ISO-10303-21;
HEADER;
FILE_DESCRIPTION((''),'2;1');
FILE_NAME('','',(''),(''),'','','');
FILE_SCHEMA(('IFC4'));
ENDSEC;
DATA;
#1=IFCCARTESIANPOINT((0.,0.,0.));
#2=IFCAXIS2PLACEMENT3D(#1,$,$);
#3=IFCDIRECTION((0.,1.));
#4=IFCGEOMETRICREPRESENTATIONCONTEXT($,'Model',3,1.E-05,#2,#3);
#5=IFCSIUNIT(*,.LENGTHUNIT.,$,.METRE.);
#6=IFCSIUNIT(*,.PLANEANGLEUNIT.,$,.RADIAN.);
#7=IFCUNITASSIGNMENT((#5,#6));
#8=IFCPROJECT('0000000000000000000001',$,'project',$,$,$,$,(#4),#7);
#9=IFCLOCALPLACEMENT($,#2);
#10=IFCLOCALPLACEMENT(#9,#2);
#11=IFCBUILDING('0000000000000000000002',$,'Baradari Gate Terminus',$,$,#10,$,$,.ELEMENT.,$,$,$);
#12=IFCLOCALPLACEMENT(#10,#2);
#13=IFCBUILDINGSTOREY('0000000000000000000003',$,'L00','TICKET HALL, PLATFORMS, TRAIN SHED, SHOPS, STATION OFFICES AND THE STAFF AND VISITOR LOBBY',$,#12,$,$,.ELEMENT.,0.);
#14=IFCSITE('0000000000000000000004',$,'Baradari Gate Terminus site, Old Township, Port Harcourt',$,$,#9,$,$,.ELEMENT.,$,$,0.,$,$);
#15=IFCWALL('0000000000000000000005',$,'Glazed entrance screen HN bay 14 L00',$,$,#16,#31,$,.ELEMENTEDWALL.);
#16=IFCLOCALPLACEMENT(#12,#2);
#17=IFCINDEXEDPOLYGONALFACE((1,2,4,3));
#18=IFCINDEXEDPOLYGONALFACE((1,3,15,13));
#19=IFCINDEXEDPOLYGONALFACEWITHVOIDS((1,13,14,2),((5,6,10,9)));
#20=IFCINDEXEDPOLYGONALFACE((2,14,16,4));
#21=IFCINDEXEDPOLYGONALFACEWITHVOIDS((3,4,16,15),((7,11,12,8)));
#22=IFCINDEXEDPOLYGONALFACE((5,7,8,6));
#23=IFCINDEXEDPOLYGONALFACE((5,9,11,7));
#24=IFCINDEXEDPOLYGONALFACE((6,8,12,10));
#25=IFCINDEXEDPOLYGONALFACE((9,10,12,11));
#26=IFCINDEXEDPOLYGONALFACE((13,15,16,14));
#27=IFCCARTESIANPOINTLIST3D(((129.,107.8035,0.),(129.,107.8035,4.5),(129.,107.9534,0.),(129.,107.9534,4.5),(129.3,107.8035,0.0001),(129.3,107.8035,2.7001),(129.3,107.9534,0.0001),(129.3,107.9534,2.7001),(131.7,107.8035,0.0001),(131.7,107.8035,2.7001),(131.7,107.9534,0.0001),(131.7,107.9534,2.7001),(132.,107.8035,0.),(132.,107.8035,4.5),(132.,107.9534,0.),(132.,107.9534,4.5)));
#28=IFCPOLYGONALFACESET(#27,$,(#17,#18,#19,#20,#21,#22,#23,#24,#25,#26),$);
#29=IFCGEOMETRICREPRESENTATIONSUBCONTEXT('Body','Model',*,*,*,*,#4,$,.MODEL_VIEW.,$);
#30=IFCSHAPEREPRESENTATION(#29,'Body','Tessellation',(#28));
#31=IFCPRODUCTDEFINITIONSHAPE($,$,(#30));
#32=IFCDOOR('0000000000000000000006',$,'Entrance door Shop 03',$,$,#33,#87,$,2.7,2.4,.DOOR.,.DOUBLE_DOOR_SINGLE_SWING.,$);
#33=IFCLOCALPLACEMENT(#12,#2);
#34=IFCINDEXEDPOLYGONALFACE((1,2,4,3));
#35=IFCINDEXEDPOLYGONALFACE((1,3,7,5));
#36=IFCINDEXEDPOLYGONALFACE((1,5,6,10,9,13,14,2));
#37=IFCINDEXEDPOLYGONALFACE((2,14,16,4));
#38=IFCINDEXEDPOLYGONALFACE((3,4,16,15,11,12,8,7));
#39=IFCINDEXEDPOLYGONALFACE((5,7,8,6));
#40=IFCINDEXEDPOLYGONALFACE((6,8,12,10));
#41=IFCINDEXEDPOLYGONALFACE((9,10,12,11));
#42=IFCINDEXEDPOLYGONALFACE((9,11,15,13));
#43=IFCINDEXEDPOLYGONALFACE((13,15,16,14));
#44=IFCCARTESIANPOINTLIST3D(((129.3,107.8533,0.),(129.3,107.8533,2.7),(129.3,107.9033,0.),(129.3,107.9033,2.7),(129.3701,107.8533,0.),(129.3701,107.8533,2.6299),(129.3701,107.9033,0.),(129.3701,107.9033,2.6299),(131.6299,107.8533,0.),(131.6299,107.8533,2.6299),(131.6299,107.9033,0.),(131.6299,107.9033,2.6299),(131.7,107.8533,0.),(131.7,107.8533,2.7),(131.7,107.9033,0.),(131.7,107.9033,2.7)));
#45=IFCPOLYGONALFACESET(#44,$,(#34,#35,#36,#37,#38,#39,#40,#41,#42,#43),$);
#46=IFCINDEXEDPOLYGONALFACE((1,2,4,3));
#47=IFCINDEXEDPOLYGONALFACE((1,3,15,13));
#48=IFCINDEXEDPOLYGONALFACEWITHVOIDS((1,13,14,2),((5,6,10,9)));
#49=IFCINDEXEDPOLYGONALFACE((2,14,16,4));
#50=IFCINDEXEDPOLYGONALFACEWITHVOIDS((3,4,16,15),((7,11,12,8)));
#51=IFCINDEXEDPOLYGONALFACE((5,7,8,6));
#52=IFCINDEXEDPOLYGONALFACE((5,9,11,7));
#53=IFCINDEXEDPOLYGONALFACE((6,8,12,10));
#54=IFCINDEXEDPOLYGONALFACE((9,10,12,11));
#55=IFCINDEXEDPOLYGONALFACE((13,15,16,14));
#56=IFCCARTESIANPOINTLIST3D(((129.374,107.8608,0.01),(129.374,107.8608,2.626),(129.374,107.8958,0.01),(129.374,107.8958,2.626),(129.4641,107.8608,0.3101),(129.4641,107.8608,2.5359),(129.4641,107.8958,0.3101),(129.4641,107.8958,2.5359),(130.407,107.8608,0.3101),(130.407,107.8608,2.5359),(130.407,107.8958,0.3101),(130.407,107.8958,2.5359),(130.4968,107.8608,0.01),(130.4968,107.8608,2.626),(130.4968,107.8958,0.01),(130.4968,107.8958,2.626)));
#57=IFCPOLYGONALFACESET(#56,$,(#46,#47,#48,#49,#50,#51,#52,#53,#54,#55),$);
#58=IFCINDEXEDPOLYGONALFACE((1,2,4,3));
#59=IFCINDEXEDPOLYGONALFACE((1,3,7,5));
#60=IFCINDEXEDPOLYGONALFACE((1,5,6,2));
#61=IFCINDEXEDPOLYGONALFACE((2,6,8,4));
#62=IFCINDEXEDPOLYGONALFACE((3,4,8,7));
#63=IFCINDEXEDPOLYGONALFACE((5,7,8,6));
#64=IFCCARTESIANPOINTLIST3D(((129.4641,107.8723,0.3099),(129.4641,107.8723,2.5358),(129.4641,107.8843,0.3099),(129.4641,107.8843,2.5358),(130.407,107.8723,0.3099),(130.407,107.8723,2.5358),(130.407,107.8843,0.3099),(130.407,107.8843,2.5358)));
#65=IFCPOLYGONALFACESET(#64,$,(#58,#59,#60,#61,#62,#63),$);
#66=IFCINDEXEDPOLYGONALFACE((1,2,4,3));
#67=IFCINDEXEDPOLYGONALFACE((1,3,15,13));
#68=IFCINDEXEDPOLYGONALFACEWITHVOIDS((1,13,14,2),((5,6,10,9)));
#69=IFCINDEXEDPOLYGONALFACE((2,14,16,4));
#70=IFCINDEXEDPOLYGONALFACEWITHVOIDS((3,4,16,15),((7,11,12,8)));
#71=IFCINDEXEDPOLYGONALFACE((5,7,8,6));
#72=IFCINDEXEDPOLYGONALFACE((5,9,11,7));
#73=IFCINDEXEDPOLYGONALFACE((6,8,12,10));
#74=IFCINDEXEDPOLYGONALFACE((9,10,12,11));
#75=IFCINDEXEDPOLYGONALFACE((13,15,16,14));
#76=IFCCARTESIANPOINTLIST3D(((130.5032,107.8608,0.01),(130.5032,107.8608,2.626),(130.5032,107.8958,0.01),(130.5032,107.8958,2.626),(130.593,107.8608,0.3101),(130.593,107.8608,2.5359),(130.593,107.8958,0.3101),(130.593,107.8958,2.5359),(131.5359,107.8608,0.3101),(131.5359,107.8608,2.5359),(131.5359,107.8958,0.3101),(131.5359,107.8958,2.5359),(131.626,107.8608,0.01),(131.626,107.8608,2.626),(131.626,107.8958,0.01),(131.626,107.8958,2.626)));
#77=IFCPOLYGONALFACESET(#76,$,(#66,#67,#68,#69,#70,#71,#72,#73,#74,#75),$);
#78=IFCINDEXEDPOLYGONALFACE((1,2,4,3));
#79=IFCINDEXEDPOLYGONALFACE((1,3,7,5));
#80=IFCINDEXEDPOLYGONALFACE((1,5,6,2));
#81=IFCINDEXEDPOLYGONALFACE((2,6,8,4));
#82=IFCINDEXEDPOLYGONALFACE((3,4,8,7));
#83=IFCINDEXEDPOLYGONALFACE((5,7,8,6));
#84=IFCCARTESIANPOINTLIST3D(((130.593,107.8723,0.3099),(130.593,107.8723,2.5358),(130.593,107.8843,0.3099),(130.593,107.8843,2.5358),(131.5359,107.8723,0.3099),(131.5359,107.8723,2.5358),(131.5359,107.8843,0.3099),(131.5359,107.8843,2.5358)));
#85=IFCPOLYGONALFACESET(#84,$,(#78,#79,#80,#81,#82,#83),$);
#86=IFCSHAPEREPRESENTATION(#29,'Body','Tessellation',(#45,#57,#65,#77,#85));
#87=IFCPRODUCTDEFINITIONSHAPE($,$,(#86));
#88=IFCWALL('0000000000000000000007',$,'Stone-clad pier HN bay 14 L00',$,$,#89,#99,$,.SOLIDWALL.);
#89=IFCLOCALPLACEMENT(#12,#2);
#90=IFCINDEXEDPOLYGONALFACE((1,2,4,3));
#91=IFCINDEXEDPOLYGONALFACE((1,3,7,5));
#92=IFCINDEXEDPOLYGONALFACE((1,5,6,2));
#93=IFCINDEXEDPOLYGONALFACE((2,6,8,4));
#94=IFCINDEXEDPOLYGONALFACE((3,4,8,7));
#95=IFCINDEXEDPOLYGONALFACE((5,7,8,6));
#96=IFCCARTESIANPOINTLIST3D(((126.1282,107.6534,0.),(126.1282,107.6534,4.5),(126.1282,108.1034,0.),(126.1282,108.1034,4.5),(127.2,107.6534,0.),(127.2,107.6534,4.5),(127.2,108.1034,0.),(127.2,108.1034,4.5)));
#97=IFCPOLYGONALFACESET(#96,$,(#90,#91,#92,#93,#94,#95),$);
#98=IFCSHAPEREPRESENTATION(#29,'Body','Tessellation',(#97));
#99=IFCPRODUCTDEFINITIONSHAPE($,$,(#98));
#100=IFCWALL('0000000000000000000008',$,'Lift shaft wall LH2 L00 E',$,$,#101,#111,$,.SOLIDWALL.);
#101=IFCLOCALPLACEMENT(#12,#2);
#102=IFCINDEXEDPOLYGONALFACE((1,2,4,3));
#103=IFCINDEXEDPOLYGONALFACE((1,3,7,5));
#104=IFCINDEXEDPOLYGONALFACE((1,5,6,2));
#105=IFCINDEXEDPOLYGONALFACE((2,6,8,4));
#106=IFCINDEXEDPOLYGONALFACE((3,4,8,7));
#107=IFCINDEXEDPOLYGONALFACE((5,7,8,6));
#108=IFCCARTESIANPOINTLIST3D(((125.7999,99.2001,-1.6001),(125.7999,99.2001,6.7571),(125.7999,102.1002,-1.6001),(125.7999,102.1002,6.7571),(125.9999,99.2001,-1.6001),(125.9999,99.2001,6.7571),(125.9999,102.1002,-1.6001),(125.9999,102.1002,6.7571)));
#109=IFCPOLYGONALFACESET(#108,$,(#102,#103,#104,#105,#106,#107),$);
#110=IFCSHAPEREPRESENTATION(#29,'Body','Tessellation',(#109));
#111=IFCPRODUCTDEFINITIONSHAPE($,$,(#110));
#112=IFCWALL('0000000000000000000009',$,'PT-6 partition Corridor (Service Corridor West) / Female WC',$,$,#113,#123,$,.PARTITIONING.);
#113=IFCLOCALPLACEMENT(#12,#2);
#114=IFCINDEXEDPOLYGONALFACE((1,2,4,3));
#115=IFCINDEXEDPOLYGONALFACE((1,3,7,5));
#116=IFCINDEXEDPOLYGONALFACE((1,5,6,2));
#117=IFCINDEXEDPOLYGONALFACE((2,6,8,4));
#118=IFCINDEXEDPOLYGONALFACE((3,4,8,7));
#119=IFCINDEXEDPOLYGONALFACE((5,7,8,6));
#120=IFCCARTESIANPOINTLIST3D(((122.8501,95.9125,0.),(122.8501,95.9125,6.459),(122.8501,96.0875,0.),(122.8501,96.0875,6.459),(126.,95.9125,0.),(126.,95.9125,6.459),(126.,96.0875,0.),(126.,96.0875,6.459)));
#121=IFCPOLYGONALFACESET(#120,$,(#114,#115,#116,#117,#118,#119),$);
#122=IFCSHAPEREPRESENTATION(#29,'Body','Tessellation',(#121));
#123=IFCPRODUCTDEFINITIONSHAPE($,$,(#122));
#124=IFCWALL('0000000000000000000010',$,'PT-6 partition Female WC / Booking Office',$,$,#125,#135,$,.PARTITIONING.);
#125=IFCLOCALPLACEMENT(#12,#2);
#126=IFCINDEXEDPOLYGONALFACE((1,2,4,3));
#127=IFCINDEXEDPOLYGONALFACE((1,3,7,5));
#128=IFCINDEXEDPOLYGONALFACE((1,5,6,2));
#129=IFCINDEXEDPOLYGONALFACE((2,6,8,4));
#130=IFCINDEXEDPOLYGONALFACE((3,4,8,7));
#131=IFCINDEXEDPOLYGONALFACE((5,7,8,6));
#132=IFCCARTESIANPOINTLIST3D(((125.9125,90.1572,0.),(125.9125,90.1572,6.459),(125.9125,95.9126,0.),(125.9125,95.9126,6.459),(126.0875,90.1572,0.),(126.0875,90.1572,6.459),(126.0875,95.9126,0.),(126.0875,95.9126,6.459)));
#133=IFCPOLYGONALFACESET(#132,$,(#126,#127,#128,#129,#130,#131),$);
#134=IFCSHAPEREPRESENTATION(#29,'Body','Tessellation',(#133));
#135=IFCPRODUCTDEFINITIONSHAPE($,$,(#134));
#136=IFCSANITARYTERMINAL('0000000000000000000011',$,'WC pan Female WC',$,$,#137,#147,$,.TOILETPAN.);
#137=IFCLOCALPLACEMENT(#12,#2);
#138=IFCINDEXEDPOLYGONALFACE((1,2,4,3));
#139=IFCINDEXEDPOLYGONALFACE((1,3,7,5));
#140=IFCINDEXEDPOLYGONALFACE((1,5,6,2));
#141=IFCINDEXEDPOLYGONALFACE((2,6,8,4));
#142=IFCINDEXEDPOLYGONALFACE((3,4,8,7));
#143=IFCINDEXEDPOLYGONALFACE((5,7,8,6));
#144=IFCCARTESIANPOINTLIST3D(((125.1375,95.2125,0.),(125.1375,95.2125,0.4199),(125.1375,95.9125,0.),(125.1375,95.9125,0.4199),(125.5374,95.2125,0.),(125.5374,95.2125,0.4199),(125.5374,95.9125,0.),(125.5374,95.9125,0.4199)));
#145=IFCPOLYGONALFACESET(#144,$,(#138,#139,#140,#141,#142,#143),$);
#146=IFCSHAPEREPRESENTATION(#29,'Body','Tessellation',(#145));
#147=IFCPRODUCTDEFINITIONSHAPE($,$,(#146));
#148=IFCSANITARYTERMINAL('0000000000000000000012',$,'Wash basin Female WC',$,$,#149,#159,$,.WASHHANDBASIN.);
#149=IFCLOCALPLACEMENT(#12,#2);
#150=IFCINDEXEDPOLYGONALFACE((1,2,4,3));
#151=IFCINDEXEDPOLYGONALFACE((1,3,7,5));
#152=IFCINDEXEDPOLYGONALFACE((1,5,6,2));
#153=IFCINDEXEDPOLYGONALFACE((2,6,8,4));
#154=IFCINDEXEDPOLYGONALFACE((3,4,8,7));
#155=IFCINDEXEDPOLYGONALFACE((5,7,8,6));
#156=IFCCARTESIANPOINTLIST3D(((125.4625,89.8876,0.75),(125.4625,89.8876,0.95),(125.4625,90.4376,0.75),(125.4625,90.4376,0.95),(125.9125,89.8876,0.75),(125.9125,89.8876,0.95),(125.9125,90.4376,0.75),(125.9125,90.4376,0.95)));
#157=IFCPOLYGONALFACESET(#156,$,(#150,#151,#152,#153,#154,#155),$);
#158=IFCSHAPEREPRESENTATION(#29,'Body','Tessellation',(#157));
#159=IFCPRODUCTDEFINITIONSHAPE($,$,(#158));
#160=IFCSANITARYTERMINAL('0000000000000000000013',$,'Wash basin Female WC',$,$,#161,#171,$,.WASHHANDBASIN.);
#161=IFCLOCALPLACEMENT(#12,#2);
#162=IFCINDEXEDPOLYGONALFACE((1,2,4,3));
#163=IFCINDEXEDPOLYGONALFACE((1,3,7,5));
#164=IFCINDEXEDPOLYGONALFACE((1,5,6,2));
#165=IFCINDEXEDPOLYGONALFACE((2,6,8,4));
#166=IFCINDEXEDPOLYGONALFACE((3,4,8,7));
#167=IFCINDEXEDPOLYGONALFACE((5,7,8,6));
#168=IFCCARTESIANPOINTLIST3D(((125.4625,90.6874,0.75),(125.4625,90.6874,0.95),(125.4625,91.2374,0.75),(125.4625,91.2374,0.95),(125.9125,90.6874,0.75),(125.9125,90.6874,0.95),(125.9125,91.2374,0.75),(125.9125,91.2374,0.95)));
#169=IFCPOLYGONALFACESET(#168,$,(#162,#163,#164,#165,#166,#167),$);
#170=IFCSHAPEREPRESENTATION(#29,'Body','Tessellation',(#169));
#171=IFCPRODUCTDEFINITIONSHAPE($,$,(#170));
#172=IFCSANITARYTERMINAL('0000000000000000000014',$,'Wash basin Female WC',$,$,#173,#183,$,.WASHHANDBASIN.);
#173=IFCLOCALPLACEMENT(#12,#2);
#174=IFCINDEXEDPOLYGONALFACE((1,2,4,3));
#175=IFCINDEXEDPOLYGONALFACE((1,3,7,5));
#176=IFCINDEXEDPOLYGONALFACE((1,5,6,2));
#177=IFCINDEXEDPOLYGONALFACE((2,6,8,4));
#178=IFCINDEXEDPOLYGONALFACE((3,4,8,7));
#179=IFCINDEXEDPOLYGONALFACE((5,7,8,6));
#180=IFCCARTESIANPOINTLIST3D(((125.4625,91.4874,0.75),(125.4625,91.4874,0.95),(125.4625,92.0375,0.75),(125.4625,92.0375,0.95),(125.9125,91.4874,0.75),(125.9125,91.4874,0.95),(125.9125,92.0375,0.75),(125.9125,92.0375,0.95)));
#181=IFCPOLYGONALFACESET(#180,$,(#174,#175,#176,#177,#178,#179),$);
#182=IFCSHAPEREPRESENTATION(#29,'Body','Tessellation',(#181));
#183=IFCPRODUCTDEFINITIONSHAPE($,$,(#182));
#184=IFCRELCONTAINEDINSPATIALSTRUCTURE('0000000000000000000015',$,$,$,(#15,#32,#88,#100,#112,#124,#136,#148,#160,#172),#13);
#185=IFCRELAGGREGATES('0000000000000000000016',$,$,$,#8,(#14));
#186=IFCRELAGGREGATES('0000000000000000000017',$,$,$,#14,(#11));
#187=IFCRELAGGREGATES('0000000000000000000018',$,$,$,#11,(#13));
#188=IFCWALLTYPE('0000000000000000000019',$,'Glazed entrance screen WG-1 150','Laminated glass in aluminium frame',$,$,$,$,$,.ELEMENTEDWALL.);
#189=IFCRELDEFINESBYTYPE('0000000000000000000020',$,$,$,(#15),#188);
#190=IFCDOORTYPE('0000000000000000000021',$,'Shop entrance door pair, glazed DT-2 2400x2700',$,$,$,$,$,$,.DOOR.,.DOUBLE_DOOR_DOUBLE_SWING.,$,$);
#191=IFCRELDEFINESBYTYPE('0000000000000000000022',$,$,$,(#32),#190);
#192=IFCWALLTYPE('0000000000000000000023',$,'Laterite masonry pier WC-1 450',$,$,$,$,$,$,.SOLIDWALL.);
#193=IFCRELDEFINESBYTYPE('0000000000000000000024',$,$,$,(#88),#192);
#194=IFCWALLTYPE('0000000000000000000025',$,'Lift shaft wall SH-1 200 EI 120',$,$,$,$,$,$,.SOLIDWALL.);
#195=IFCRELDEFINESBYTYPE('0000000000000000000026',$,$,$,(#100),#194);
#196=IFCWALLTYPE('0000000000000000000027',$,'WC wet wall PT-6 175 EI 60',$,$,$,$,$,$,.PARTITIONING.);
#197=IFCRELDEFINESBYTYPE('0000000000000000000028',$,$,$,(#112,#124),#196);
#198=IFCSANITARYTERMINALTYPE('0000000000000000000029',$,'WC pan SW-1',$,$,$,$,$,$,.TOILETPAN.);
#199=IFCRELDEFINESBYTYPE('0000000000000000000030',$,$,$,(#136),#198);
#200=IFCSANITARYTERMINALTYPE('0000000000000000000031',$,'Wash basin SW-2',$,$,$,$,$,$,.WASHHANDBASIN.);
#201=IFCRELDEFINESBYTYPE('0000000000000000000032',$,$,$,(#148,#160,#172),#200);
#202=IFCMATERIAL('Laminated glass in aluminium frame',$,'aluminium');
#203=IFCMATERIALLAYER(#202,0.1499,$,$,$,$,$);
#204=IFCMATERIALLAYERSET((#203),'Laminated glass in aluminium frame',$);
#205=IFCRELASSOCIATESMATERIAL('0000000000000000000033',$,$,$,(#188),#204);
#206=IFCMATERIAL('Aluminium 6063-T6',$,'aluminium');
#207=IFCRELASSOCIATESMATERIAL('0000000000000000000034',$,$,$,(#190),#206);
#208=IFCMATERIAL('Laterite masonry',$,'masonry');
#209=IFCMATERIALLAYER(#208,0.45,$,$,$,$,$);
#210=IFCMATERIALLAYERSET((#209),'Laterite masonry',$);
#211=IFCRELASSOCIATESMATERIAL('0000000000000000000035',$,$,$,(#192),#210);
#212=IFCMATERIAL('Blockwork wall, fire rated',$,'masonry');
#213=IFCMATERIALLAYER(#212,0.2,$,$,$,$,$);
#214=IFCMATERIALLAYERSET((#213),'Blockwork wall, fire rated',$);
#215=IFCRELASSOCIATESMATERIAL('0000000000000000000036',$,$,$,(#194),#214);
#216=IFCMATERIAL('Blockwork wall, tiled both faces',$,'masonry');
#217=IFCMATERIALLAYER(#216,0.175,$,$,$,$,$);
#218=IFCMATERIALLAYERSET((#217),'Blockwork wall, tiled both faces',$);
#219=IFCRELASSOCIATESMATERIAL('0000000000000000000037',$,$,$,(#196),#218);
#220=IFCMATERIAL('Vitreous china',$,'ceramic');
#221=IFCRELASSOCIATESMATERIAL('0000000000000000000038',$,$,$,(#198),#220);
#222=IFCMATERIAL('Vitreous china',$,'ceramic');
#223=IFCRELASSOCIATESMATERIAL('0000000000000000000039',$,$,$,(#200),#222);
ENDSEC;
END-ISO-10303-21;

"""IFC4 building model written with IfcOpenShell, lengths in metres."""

from ifc_helpers import new_model, si_unit, direction, frame, frame_2d, origin, origin_2d, place, context, subcontext, project, spatial, polyline, rectangle, outline, extrude, material, layer, layer_set, type_object, element, fill, save


model = new_model("IFC4")

# Units and contexts
model_context = context("Model", 3, precision=1e-05, world=origin(), true_north=direction((0.0, 1.0)))
body_context = subcontext(model_context, "Body", "Model", "MODEL_VIEW")
ifc_project = project(units=[si_unit("LENGTHUNIT", "METRE"), si_unit("PLANEANGLEUNIT", "RADIAN")], contexts=[model_context])

# Site, building, storey
site_placement = place(None, origin())
site = spatial("IfcSite", under=ifc_project, at=site_placement, Name="Baradari Gate Terminus site, Old Township, Port Harcourt", CompositionType="ELEMENT", RefElevation=0.0)
building_placement = place(site_placement, origin())
building = spatial("IfcBuilding", under=site, at=building_placement, Name="Baradari Gate Terminus", CompositionType="ELEMENT")
storey_placement = place(building_placement, origin())
storey = spatial("IfcBuildingStorey", under=building, at=storey_placement, Name="L00", Description="TICKET HALL, PLATFORMS, TRAIN SHED, SHOPS, STATION OFFICES AND THE STAFF AND VISITOR LOBBY", CompositionType="ELEMENT", Elevation=0.0)

# Wall, opening, door
ifc_material_1 = material(Name="Laminated glass in aluminium frame", Category="aluminium")
ifc_layer_1 = layer(ifc_material_1, 0.1499)
ifc_layer_set_1 = layer_set([ifc_layer_1], Name="Laminated glass in aluminium frame")
wall_type_1 = type_object("IfcWallType", Name="Glazed entrance screen WG-1 150", Description="Laminated glass in aluminium frame", PredefinedType="ELEMENTEDWALL", material=ifc_layer_set_1)
wall_1_placement = place(storey_placement, frame((129.0, 107.8784, 0.0), z_axis=(0.0, 0.0, 1.0), x_axis=(1.0, 0.0, 0.0)))
wall_1 = element("IfcWall", 1, at=wall_1_placement, inside=storey, type_object=wall_type_1, Name="Glazed entrance screen HN bay 14 L00", PredefinedType="ELEMENTEDWALL", context=body_context, shape_type="SweptSolid", body=[
    extrude(rectangle(XDim=3.0, YDim=0.1499, at=frame_2d((1.5, 0.0))), origin(), (0.0, 0.0, 1.0), 4.5),
])
opening_placement = place(wall_1_placement, frame((0.3, 0.0, 0.0)))
opening = element("IfcOpeningElement", 2, at=opening_placement, cuts=wall_1, PredefinedType="OPENING", context=body_context, shape_type="SweptSolid", body=[
    extrude(rectangle(XDim=2.3999, YDim=2.7, at=frame_2d((1.2, 1.3501))), frame((0.0, 0.085, 0.0), z_axis=(0.0, -1.0, 0.0), x_axis=(1.0, 0.0, 0.0)), (0.0, 0.0, 1.0), 0.1699),
])
ifc_material_2 = material(Name="Aluminium 6063-T6", Category="aluminium")
door_type = type_object("IfcDoorType", Name="Shop entrance door pair, glazed DT-2 2400x2700", OperationType="DOUBLE_DOOR_DOUBLE_SWING", PredefinedType="DOOR", material=ifc_material_2)
door_placement = place(opening_placement, origin())
door = element("IfcDoor", 3, at=door_placement, inside=storey, type_object=door_type, Name="Entrance door Shop 03", OperationType="DOUBLE_DOOR_SINGLE_SWING", OverallHeight=2.7, OverallWidth=2.4, PredefinedType="DOOR", context=body_context, shape_type="SweptSolid", body=[
    extrude(outline(polyline([(0.0, 0.0), (0.0701, 0.0), (0.0701, 2.6299), (2.3298, 2.6299), (2.3298, 0.0), (2.3999, 0.0), (2.3999, 2.7), (0.0, 2.7), (0.0, 0.0)])), frame((0.0, 0.0249, 0.0), z_axis=(0.0, -1.0, 0.0), x_axis=(1.0, 0.0, 0.0)), (0.0, 0.0, 1.0), 0.05),
    extrude(outline(polyline([(0.074, 0.01), (1.1968, 0.01), (1.1968, 2.626), (0.074, 2.626), (0.074, 0.01)]), holes=[polyline([(0.1641, 0.3101), (1.1069, 0.3101), (1.1069, 2.5359), (0.1641, 2.5359), (0.1641, 0.3101)])]), frame((0.0, 0.0173, 0.0), z_axis=(0.0, -1.0, 0.0), x_axis=(1.0, 0.0, 0.0)), (0.0, 0.0, 1.0), 0.0349),
    extrude(rectangle(XDim=0.9429, YDim=2.2258, at=frame_2d((0.6355, 1.4229))), frame((0.0, 0.0059, 0.0), z_axis=(0.0, -1.0, 0.0), x_axis=(1.0, 0.0, 0.0)), (0.0, 0.0, 1.0), 0.012),
    extrude(outline(polyline([(1.2031, 0.01), (2.3259, 0.01), (2.3259, 2.626), (1.2031, 2.626), (1.2031, 0.01)]), holes=[polyline([(1.293, 0.3101), (2.2358, 0.3101), (2.2358, 2.5359), (1.293, 2.5359), (1.293, 0.3101)])]), frame((0.0, 0.0173, 0.0), z_axis=(0.0, -1.0, 0.0), x_axis=(1.0, 0.0, 0.0)), (0.0, 0.0, 1.0), 0.0349),
    extrude(rectangle(XDim=0.9429, YDim=2.2258, at=frame_2d((1.7644, 1.4229))), frame((0.0, 0.0059, 0.0), z_axis=(0.0, -1.0, 0.0), x_axis=(1.0, 0.0, 0.0)), (0.0, 0.0, 1.0), 0.012),
])
fill(opening, door)

# Walls
ifc_material_3 = material(Name="Laterite masonry", Category="masonry")
ifc_layer_2 = layer(ifc_material_3, 0.45)
ifc_layer_set_2 = layer_set([ifc_layer_2], Name="Laterite masonry")
wall_type_2 = type_object("IfcWallType", Name="Laterite masonry pier WC-1 450", PredefinedType="SOLIDWALL", material=ifc_layer_set_2)
wall_2_placement = place(storey_placement, frame((126.1282, 107.8784, 0.0), z_axis=(0.0, 0.0, 1.0), x_axis=(1.0, 0.0, 0.0)))
element("IfcWall", 4, at=wall_2_placement, inside=storey, type_object=wall_type_2, Name="Stone-clad pier HN bay 14 L00", PredefinedType="SOLIDWALL", context=body_context, shape_type="SweptSolid", body=[
    extrude(rectangle(XDim=1.0718, YDim=0.45, at=frame_2d((0.5359, 0.0))), origin(), (0.0, 0.0, 1.0), 4.5),
])
ifc_material_4 = material(Name="Blockwork wall, fire rated", Category="masonry")
ifc_layer_3 = layer(ifc_material_4, 0.2)
ifc_layer_set_3 = layer_set([ifc_layer_3], Name="Blockwork wall, fire rated")
wall_type_3 = type_object("IfcWallType", Name="Lift shaft wall SH-1 200 EI 120", PredefinedType="SOLIDWALL", material=ifc_layer_set_3)
wall_3_placement = place(storey_placement, frame((125.8999, 99.2, -1.6001), z_axis=(0.0, 0.0, 1.0), x_axis=(0.0, 1.0, 0.0)))
element("IfcWall", 5, at=wall_3_placement, inside=storey, type_object=wall_type_3, Name="Lift shaft wall LH2 L00 E", PredefinedType="SOLIDWALL", context=body_context, shape_type="SweptSolid", body=[
    extrude(rectangle(XDim=2.9001, YDim=0.2, at=frame_2d((1.4502, 0.0))), origin(), (0.0, 0.0, 1.0), 8.3572),
])
ifc_material_5 = material(Name="Blockwork wall, tiled both faces", Category="masonry")
ifc_layer_4 = layer(ifc_material_5, 0.175)
ifc_layer_set_4 = layer_set([ifc_layer_4], Name="Blockwork wall, tiled both faces")
wall_type_4 = type_object("IfcWallType", Name="WC wet wall PT-6 175 EI 60", PredefinedType="PARTITIONING", material=ifc_layer_set_4)
wall_4_placement = place(storey_placement, frame((126.0, 96.0, 0.0), z_axis=(0.0, 0.0, 1.0), x_axis=(-1.0, 0.0, 0.0)))
element("IfcWall", 6, at=wall_4_placement, inside=storey, type_object=wall_type_4, Name="PT-6 partition Corridor (Service Corridor West) / Female WC", PredefinedType="PARTITIONING", context=body_context, shape_type="SweptSolid", body=[
    extrude(rectangle(XDim=3.1499, YDim=0.175, at=frame_2d((1.575, 0.0))), origin(), (0.0, 0.0, 1.0), 6.459),
])
wall_5_placement = place(storey_placement, frame((126.0, 95.9126, 0.0), z_axis=(0.0, 0.0, 1.0), x_axis=(0.0, -1.0, 0.0)))
element("IfcWall", 7, at=wall_5_placement, inside=storey, type_object=wall_type_4, Name="PT-6 partition Female WC / Booking Office", PredefinedType="PARTITIONING", context=body_context, shape_type="SweptSolid", body=[
    extrude(rectangle(XDim=5.7554, YDim=0.175, at=frame_2d((2.8777, 0.0))), origin(), (0.0, 0.0, 1.0), 6.459),
])

# Sanitary terminals
ifc_material_6 = material(Name="Vitreous china", Category="ceramic")
sanitary_terminal_type_1 = type_object("IfcSanitaryTerminalType", Name="WC pan SW-1", PredefinedType="TOILETPAN", material=ifc_material_6)
sanitary_terminal_placement = place(storey_placement, frame((125.3374, 95.5625, 0.0), z_axis=(0.0, 0.0, 1.0), x_axis=(1.0, 0.0, 0.0)))
element("IfcSanitaryTerminal", 8, at=sanitary_terminal_placement, inside=storey, type_object=sanitary_terminal_type_1, Name="WC pan Female WC", PredefinedType="TOILETPAN", context=body_context, shape_type="SweptSolid", body=[
    extrude(rectangle(XDim=0.3999, YDim=0.7, at=origin_2d()), origin(), (0.0, 0.0, 1.0), 0.4199),
])
ifc_material_7 = material(Name="Vitreous china", Category="ceramic")
sanitary_terminal_type_2 = type_object("IfcSanitaryTerminalType", Name="Wash basin SW-2", PredefinedType="WASHHANDBASIN", material=ifc_material_7)
for number, where, z_axis, x_axis, name in (
    (9, (125.6875, 90.1626, 0.75), (0.0, 0.0, 1.0), (1.0, 0.0, 0.0), "Wash basin Female WC"),
    (10, (125.6875, 90.9624, 0.75), (0.0, 0.0, 1.0), (1.0, 0.0, 0.0), "Wash basin Female WC"),
    (11, (125.6875, 91.7625, 0.75), (0.0, 0.0, 1.0), (1.0, 0.0, 0.0), "Wash basin Female WC"),
):
    element("IfcSanitaryTerminal", number, at=place(storey_placement, frame(where, z_axis=z_axis, x_axis=x_axis)), inside=storey, type_object=sanitary_terminal_type_2, Name=name, PredefinedType="WASHHANDBASIN", context=body_context, shape_type="SweptSolid", body=[
        extrude(rectangle(XDim=0.45, YDim=0.55, at=origin_2d()), origin(), (0.0, 0.0, 1.0), 0.2),
    ])

save(model, "model.ifc")
